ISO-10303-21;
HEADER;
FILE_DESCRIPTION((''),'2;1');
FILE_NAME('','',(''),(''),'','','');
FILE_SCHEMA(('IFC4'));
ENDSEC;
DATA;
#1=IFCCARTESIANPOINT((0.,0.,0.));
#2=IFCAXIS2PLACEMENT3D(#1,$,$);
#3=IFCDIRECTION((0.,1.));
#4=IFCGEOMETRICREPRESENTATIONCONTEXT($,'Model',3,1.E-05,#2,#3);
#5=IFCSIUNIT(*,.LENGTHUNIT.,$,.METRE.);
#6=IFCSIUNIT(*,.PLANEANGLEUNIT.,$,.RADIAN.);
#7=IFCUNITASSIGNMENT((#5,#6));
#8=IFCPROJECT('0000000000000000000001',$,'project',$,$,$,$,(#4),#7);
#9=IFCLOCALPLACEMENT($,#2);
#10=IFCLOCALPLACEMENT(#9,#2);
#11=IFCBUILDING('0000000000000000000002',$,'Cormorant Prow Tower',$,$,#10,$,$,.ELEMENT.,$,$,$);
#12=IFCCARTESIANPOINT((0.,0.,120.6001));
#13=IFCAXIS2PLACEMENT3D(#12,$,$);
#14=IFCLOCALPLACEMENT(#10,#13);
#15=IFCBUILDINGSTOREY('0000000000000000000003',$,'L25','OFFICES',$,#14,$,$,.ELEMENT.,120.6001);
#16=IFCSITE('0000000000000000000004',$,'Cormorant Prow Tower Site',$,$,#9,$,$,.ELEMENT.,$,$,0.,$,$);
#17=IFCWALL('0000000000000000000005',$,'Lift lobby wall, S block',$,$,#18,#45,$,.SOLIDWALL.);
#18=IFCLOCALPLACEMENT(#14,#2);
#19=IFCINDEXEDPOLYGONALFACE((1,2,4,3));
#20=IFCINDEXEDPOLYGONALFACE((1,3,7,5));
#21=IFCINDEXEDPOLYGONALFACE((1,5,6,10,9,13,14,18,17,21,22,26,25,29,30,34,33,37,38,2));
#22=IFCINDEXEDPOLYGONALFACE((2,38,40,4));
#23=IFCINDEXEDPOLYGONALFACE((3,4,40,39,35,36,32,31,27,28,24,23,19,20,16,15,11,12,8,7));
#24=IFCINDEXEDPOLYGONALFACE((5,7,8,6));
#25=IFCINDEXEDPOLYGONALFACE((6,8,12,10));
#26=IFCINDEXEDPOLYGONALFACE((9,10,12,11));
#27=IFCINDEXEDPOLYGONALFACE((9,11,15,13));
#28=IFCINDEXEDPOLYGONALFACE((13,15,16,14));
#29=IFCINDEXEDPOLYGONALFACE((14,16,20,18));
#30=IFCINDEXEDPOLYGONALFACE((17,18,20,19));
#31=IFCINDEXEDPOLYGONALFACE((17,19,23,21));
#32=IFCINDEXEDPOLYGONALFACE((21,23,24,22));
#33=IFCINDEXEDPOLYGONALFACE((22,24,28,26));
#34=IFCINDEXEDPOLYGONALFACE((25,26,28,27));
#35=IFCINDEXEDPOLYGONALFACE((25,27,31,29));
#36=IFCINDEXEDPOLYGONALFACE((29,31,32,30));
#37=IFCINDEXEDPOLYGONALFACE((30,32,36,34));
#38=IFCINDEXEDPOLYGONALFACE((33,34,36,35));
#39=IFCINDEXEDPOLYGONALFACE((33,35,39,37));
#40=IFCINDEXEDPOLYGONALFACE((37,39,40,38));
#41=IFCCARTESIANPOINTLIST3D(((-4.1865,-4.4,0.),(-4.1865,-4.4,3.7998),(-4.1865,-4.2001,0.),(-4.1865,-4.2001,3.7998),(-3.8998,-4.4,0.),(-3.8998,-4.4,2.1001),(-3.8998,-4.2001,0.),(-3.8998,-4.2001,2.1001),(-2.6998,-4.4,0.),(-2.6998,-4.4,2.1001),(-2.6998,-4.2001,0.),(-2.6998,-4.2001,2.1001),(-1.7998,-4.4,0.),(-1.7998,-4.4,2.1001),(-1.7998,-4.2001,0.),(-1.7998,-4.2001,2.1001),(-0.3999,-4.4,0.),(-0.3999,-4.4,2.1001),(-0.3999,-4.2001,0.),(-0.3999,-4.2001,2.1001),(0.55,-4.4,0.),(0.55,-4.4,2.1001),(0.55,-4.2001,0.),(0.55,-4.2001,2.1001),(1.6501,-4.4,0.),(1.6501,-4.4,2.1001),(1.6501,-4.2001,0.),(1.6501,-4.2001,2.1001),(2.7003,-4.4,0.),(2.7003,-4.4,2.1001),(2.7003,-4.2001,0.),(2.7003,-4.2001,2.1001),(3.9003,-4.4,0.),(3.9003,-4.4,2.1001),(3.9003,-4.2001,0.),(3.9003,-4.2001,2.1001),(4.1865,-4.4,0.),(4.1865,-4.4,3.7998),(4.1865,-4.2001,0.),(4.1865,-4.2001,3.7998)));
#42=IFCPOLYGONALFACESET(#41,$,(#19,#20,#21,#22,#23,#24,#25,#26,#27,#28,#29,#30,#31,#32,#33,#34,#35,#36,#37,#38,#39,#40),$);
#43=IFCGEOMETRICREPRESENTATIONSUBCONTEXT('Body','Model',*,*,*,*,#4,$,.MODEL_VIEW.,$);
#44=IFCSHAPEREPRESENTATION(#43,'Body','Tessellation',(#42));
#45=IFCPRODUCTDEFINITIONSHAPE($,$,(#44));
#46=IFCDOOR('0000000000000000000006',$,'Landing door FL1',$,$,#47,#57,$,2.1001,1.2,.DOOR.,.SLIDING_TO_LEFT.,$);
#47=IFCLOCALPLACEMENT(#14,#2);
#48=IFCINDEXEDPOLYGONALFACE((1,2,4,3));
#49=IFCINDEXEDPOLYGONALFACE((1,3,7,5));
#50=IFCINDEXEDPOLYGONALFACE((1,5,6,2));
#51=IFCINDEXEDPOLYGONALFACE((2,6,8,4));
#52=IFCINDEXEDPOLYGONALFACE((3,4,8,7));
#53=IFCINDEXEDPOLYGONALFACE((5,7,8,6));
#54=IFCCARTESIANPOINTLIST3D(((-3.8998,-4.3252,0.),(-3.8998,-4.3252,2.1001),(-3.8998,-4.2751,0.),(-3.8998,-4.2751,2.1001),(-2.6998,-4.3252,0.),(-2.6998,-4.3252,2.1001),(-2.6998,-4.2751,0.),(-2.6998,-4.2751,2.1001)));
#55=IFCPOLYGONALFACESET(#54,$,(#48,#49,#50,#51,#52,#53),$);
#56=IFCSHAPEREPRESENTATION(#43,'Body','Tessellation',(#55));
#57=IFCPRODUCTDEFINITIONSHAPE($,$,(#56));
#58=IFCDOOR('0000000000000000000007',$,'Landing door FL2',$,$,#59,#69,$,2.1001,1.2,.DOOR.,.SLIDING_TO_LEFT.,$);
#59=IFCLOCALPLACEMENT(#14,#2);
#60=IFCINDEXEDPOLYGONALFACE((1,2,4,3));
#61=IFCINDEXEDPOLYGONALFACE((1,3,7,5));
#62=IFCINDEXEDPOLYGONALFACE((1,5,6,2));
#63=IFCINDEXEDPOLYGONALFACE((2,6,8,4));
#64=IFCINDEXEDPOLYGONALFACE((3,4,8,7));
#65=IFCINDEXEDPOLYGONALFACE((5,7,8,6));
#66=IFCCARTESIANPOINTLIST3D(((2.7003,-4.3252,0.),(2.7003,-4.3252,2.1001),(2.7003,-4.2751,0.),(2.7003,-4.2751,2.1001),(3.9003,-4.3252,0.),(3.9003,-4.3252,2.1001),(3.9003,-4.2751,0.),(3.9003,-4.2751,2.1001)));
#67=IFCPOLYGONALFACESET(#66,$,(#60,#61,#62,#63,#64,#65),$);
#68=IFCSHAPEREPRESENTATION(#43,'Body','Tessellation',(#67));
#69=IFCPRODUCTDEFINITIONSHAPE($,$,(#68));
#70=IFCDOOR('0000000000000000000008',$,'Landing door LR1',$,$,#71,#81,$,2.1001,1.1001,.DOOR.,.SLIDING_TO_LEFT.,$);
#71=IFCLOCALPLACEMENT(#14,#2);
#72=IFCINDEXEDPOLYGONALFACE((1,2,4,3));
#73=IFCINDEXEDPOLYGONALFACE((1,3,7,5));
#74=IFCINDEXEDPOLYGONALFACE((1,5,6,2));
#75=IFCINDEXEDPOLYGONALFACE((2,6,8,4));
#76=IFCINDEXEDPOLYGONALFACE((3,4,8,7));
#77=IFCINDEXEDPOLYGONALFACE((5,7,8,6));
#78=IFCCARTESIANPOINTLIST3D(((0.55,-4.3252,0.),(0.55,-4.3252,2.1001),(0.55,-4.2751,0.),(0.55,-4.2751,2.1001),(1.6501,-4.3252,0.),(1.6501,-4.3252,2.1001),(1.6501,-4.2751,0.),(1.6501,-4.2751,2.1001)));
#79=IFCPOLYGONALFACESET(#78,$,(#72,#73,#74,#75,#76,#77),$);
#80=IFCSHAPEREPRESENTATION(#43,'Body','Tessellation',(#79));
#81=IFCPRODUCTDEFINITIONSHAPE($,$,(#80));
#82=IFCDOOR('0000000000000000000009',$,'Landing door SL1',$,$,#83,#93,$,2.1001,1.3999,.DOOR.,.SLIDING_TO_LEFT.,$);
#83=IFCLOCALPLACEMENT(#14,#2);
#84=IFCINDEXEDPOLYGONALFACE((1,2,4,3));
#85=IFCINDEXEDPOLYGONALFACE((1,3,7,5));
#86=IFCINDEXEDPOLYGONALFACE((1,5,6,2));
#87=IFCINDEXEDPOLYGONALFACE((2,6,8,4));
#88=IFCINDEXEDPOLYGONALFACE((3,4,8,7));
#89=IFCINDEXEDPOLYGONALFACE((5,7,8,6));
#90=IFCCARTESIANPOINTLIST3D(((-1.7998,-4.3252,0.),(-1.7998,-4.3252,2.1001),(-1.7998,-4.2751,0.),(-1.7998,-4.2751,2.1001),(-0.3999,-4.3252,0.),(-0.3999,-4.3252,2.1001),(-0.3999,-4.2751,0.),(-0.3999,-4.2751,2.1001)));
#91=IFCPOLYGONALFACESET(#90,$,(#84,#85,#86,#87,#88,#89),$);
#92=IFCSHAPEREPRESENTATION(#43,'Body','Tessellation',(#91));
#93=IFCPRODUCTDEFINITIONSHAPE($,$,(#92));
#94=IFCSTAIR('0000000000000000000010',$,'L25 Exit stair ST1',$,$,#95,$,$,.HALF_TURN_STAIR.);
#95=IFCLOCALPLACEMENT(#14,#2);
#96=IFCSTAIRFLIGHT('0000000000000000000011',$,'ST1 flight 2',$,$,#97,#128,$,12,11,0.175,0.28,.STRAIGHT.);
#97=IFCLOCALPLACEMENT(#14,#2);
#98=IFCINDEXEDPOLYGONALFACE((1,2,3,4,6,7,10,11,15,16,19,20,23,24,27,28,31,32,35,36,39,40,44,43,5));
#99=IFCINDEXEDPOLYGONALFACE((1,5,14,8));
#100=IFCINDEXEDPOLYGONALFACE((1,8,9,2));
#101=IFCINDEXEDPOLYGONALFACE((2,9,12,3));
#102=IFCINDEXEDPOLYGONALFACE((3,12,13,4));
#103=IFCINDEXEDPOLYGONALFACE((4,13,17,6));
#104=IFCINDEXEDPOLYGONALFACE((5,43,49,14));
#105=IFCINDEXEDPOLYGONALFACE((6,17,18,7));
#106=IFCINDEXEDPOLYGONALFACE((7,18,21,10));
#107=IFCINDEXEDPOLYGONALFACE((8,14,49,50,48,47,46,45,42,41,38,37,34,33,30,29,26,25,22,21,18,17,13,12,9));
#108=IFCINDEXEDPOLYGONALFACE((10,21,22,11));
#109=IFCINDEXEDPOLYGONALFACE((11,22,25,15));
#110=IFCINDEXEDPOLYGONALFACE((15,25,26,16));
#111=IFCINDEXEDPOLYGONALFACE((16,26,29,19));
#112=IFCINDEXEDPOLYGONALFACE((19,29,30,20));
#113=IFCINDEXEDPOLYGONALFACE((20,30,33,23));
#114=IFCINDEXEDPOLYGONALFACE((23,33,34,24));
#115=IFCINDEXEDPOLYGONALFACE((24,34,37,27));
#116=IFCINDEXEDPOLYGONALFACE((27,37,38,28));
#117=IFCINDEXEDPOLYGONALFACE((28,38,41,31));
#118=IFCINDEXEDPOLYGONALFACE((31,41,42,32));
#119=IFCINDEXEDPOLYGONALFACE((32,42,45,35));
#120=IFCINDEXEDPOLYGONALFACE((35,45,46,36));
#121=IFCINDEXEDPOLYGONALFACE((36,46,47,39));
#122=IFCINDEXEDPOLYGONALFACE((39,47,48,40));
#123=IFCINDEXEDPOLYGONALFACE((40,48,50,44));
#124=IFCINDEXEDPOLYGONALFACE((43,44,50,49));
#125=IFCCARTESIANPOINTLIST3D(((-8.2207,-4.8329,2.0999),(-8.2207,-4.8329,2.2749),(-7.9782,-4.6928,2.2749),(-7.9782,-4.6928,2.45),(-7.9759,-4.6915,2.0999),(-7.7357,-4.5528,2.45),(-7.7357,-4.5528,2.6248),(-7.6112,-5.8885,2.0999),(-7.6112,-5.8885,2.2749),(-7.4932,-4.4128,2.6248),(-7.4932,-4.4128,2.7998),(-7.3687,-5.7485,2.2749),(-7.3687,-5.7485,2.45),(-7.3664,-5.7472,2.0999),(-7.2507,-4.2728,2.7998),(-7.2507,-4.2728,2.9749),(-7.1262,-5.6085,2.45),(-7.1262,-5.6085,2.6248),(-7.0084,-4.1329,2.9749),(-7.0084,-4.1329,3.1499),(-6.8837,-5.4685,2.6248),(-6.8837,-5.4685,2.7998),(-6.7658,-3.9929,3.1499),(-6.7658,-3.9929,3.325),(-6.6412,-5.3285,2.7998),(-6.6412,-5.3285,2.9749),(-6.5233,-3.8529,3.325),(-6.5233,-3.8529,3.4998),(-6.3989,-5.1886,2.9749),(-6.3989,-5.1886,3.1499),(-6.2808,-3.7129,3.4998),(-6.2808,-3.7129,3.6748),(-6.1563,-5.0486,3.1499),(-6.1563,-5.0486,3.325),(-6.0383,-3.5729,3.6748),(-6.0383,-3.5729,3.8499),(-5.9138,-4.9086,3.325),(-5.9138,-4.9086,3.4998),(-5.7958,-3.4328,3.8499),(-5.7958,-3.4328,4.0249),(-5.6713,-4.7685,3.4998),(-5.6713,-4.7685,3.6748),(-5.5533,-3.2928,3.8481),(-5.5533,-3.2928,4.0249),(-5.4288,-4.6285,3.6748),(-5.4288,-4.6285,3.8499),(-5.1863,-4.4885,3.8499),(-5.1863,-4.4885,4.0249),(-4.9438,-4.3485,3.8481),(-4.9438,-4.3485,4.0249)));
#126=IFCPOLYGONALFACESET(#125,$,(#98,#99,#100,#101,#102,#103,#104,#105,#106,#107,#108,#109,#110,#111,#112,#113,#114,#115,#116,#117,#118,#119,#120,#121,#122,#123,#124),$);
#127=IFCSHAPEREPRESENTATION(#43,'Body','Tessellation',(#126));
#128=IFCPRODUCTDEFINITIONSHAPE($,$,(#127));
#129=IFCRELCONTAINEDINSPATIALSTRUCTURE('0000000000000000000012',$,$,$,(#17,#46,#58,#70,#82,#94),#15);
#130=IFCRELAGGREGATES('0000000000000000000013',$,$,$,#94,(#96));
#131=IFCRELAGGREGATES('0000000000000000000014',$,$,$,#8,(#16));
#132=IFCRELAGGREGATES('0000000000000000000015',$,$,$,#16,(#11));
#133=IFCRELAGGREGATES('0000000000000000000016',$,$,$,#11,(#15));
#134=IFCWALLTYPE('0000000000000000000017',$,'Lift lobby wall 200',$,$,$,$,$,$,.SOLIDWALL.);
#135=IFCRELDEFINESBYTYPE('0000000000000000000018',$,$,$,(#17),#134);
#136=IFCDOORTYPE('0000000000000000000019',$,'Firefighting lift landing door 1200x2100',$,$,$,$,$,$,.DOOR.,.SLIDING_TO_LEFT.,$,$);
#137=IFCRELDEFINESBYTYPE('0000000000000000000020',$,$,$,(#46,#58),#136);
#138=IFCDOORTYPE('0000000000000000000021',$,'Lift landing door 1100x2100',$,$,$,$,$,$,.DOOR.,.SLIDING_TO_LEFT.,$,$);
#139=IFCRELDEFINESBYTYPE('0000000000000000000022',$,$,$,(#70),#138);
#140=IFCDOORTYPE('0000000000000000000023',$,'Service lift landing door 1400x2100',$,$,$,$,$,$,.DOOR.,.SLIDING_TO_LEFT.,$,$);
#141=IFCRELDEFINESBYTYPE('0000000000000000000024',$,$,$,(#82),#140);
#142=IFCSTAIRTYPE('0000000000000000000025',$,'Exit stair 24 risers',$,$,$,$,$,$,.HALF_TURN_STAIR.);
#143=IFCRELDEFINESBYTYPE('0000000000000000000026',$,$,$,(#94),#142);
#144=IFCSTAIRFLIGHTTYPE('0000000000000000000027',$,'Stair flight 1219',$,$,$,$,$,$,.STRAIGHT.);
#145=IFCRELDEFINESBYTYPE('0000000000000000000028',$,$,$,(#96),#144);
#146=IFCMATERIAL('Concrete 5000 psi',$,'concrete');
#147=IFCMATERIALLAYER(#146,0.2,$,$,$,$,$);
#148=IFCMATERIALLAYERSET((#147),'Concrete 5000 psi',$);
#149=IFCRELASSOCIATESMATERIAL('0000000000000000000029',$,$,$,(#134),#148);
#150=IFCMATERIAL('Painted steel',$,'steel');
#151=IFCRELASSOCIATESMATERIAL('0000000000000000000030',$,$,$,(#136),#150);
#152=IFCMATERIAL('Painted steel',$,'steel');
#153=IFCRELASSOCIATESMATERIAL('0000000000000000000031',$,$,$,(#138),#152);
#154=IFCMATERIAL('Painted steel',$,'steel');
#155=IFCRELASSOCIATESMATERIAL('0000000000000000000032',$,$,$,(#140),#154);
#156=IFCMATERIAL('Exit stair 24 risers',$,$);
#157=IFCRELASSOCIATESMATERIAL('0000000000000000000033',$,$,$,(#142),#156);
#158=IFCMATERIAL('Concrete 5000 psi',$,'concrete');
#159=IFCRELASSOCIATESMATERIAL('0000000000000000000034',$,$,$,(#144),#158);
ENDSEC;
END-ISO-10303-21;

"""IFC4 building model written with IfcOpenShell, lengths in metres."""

from ifc_helpers import new_model, si_unit, direction, frame, frame_2d, origin, place, context, subcontext, project, spatial, polyline, rectangle, outline, extrude, material, layer, layer_set, type_object, element, fill, aggregate, save


model = new_model("IFC4")

# Units and contexts
model_context = context("Model", 3, precision=1e-05, world=origin(), true_north=direction((0.0, 1.0)))
body_context = subcontext(model_context, "Body", "Model", "MODEL_VIEW")
ifc_project = project(units=[si_unit("LENGTHUNIT", "METRE"), si_unit("PLANEANGLEUNIT", "RADIAN")], contexts=[model_context])

# Site, building, storey
site_placement = place(None, origin())
site = spatial("IfcSite", under=ifc_project, at=site_placement, Name="Cormorant Prow Tower Site", CompositionType="ELEMENT", RefElevation=0.0)
building_placement = place(site_placement, origin())
building = spatial("IfcBuilding", under=site, at=building_placement, Name="Cormorant Prow Tower", CompositionType="ELEMENT")
storey_placement = place(building_placement, frame((0.0, 0.0, 120.6001)))
storey = spatial("IfcBuildingStorey", under=building, at=storey_placement, Name="L25", Description="OFFICES", CompositionType="ELEMENT", Elevation=120.6001)

# Wall, openings, doors
ifc_material_1 = material(Name="Concrete 5000 psi", Category="concrete")
ifc_layer_1 = layer(ifc_material_1, 0.2)
ifc_layer_set_1 = layer_set([ifc_layer_1], Name="Concrete 5000 psi")
wall_type_1 = type_object("IfcWallType", Name="Lift lobby wall 200", PredefinedType="SOLIDWALL", material=ifc_layer_set_1)
wall_1_placement = place(storey_placement, frame((-4.1865, -4.3, 0.0), z_axis=(0.0, 0.0, 1.0), x_axis=(1.0, 0.0, 0.0)))
wall_1 = element("IfcWall", 1, at=wall_1_placement, inside=storey, type_object=wall_type_1, Name="Lift lobby wall, S block", PredefinedType="SOLIDWALL", context=body_context, shape_type="SweptSolid", body=[
    extrude(rectangle(XDim=8.373, YDim=0.2, at=frame_2d((4.1865, 0.0))), origin(), (0.0, 0.0, 1.0), 3.7998),
])
opening_1_placement = place(wall_1_placement, frame((0.2866, 0.0, 0.0)))
opening_1 = element("IfcOpeningElement", 2, at=opening_1_placement, cuts=wall_1, PredefinedType="OPENING", context=body_context, shape_type="SweptSolid", body=[
    extrude(rectangle(XDim=1.2, YDim=2.1001, at=frame_2d((0.6001, 1.05))), frame((0.0, 0.1099, 0.0), z_axis=(0.0, -1.0, 0.0), x_axis=(1.0, 0.0, 0.0)), (0.0, 0.0, 1.0), 0.22),
])
opening_2_placement = place(wall_1_placement, frame((2.3867, 0.0, 0.0)))
opening_2 = element("IfcOpeningElement", 3, at=opening_2_placement, cuts=wall_1, PredefinedType="OPENING", context=body_context, shape_type="SweptSolid", body=[
    extrude(rectangle(XDim=1.3999, YDim=2.1001, at=frame_2d((0.7, 1.05))), frame((0.0, 0.1099, 0.0), z_axis=(0.0, -1.0, 0.0), x_axis=(1.0, 0.0, 0.0)), (0.0, 0.0, 1.0), 0.22),
])
opening_3_placement = place(wall_1_placement, frame((4.7366, 0.0, 0.0)))
opening_3 = element("IfcOpeningElement", 4, at=opening_3_placement, cuts=wall_1, PredefinedType="OPENING", context=body_context, shape_type="SweptSolid", body=[
    extrude(rectangle(XDim=1.1001, YDim=2.1001, at=frame_2d((0.55, 1.05))), frame((0.0, 0.1099, 0.0), z_axis=(0.0, -1.0, 0.0), x_axis=(1.0, 0.0, 0.0)), (0.0, 0.0, 1.0), 0.22),
])
opening_4_placement = place(wall_1_placement, frame((6.8867, 0.0, 0.0)))
opening_4 = element("IfcOpeningElement", 5, at=opening_4_placement, cuts=wall_1, PredefinedType="OPENING", context=body_context, shape_type="SweptSolid", body=[
    extrude(rectangle(XDim=1.2, YDim=2.1001, at=frame_2d((0.6001, 1.05))), frame((0.0, 0.1099, 0.0), z_axis=(0.0, -1.0, 0.0), x_axis=(1.0, 0.0, 0.0)), (0.0, 0.0, 1.0), 0.22),
])
ifc_material_2 = material(Name="Painted steel", Category="steel")
door_type_1 = type_object("IfcDoorType", Name="Firefighting lift landing door 1200x2100", OperationType="SLIDING_TO_LEFT", PredefinedType="DOOR", material=ifc_material_2)
door_1_placement = place(opening_1_placement, origin())
door_1 = element("IfcDoor", 6, at=door_1_placement, inside=storey, type_object=door_type_1, Name="Landing door FL1", OperationType="SLIDING_TO_LEFT", OverallHeight=2.1001, OverallWidth=1.2, PredefinedType="DOOR", context=body_context, shape_type="SweptSolid", body=[
    extrude(rectangle(XDim=1.2, YDim=2.1001, at=frame_2d((0.6001, 1.05))), frame((0.0, 0.0249, 0.0), z_axis=(0.0, -1.0, 0.0), x_axis=(1.0, 0.0, 0.0)), (0.0, 0.0, 1.0), 0.05),
])
fill(opening_1, door_1)
door_2_placement = place(opening_4_placement, origin())
door_2 = element("IfcDoor", 7, at=door_2_placement, inside=storey, type_object=door_type_1, Name="Landing door FL2", OperationType="SLIDING_TO_LEFT", OverallHeight=2.1001, OverallWidth=1.2, PredefinedType="DOOR", context=body_context, shape_type="SweptSolid", body=[
    extrude(rectangle(XDim=1.2, YDim=2.1001, at=frame_2d((0.6001, 1.05))), frame((0.0, 0.0249, 0.0), z_axis=(0.0, -1.0, 0.0), x_axis=(1.0, 0.0, 0.0)), (0.0, 0.0, 1.0), 0.05),
])
fill(opening_4, door_2)
ifc_material_3 = material(Name="Painted steel", Category="steel")
door_type_2 = type_object("IfcDoorType", Name="Lift landing door 1100x2100", OperationType="SLIDING_TO_LEFT", PredefinedType="DOOR", material=ifc_material_3)
door_3_placement = place(opening_3_placement, origin())
door_3 = element("IfcDoor", 8, at=door_3_placement, inside=storey, type_object=door_type_2, Name="Landing door LR1", OperationType="SLIDING_TO_LEFT", OverallHeight=2.1001, OverallWidth=1.1001, PredefinedType="DOOR", context=body_context, shape_type="SweptSolid", body=[
    extrude(rectangle(XDim=1.1001, YDim=2.1001, at=frame_2d((0.55, 1.05))), frame((0.0, 0.0249, 0.0), z_axis=(0.0, -1.0, 0.0), x_axis=(1.0, 0.0, 0.0)), (0.0, 0.0, 1.0), 0.05),
])
fill(opening_3, door_3)
ifc_material_4 = material(Name="Painted steel", Category="steel")
door_type_3 = type_object("IfcDoorType", Name="Service lift landing door 1400x2100", OperationType="SLIDING_TO_LEFT", PredefinedType="DOOR", material=ifc_material_4)
door_4_placement = place(opening_2_placement, origin())
door_4 = element("IfcDoor", 9, at=door_4_placement, inside=storey, type_object=door_type_3, Name="Landing door SL1", OperationType="SLIDING_TO_LEFT", OverallHeight=2.1001, OverallWidth=1.3999, PredefinedType="DOOR", context=body_context, shape_type="SweptSolid", body=[
    extrude(rectangle(XDim=1.3999, YDim=2.1001, at=frame_2d((0.7, 1.05))), frame((0.0, 0.0249, 0.0), z_axis=(0.0, -1.0, 0.0), x_axis=(1.0, 0.0, 0.0)), (0.0, 0.0, 1.0), 0.05),
])
fill(opening_2, door_4)

# Stair, stair flight
ifc_material_5 = material(Name="Exit stair 24 risers")
stair_type = type_object("IfcStairType", Name="Exit stair 24 risers", PredefinedType="HALF_TURN_STAIR", material=ifc_material_5)
stair_placement = place(storey_placement, origin())
stair = element("IfcStair", 10, at=stair_placement, inside=storey, type_object=stair_type, Name="L25 Exit stair ST1", PredefinedType="HALF_TURN_STAIR")
ifc_material_6 = material(Name="Concrete 5000 psi", Category="concrete")
stair_flight_type = type_object("IfcStairFlightType", Name="Stair flight 1219", PredefinedType="STRAIGHT", material=ifc_material_6)
stair_flight_placement = place(storey_placement, frame((-7.916, -5.3606, 2.0999), z_axis=(0.0, 0.0, 1.0), x_axis=(0.866025, 0.5, 0.0)))
stair_flight = element("IfcStairFlight", 11, at=stair_flight_placement, type_object=stair_flight_type, Name="ST1 flight 2", NumberOfRisers=12, NumberOfTreads=11, PredefinedType="STRAIGHT", RiserHeight=0.175, TreadLength=0.28, context=body_context, shape_type="SweptSolid", body=[
    extrude(outline(polyline([(0.0, 0.0), (0.0, 0.175), (0.28, 0.175), (0.28, 0.3501), (0.5601, 0.3501), (0.5601, 0.5249), (0.8401, 0.5249), (0.8401, 0.7), (1.1201, 0.7), (1.1201, 0.875), (1.3999, 0.875), (1.3999, 1.05), (1.6799, 1.05), (1.6799, 1.2251), (1.96, 1.2251), (1.96, 1.3999), (2.24, 1.3999), (2.24, 1.575), (2.52, 1.575), (2.52, 1.75), (2.8, 1.75), (2.8, 1.925), (3.0801, 1.925), (3.0801, 2.1001), (3.0801, 1.7483), (0.2827, 0.0), (0.0, 0.0)])), frame((0.0, 0.6094, 0.0), z_axis=(0.0, -1.0, 0.0), x_axis=(1.0, 0.0, 0.0)), (0.0, 0.0, 1.0), 1.219),
])
aggregate(stair, [stair_flight])

save(model, "model.ifc")
